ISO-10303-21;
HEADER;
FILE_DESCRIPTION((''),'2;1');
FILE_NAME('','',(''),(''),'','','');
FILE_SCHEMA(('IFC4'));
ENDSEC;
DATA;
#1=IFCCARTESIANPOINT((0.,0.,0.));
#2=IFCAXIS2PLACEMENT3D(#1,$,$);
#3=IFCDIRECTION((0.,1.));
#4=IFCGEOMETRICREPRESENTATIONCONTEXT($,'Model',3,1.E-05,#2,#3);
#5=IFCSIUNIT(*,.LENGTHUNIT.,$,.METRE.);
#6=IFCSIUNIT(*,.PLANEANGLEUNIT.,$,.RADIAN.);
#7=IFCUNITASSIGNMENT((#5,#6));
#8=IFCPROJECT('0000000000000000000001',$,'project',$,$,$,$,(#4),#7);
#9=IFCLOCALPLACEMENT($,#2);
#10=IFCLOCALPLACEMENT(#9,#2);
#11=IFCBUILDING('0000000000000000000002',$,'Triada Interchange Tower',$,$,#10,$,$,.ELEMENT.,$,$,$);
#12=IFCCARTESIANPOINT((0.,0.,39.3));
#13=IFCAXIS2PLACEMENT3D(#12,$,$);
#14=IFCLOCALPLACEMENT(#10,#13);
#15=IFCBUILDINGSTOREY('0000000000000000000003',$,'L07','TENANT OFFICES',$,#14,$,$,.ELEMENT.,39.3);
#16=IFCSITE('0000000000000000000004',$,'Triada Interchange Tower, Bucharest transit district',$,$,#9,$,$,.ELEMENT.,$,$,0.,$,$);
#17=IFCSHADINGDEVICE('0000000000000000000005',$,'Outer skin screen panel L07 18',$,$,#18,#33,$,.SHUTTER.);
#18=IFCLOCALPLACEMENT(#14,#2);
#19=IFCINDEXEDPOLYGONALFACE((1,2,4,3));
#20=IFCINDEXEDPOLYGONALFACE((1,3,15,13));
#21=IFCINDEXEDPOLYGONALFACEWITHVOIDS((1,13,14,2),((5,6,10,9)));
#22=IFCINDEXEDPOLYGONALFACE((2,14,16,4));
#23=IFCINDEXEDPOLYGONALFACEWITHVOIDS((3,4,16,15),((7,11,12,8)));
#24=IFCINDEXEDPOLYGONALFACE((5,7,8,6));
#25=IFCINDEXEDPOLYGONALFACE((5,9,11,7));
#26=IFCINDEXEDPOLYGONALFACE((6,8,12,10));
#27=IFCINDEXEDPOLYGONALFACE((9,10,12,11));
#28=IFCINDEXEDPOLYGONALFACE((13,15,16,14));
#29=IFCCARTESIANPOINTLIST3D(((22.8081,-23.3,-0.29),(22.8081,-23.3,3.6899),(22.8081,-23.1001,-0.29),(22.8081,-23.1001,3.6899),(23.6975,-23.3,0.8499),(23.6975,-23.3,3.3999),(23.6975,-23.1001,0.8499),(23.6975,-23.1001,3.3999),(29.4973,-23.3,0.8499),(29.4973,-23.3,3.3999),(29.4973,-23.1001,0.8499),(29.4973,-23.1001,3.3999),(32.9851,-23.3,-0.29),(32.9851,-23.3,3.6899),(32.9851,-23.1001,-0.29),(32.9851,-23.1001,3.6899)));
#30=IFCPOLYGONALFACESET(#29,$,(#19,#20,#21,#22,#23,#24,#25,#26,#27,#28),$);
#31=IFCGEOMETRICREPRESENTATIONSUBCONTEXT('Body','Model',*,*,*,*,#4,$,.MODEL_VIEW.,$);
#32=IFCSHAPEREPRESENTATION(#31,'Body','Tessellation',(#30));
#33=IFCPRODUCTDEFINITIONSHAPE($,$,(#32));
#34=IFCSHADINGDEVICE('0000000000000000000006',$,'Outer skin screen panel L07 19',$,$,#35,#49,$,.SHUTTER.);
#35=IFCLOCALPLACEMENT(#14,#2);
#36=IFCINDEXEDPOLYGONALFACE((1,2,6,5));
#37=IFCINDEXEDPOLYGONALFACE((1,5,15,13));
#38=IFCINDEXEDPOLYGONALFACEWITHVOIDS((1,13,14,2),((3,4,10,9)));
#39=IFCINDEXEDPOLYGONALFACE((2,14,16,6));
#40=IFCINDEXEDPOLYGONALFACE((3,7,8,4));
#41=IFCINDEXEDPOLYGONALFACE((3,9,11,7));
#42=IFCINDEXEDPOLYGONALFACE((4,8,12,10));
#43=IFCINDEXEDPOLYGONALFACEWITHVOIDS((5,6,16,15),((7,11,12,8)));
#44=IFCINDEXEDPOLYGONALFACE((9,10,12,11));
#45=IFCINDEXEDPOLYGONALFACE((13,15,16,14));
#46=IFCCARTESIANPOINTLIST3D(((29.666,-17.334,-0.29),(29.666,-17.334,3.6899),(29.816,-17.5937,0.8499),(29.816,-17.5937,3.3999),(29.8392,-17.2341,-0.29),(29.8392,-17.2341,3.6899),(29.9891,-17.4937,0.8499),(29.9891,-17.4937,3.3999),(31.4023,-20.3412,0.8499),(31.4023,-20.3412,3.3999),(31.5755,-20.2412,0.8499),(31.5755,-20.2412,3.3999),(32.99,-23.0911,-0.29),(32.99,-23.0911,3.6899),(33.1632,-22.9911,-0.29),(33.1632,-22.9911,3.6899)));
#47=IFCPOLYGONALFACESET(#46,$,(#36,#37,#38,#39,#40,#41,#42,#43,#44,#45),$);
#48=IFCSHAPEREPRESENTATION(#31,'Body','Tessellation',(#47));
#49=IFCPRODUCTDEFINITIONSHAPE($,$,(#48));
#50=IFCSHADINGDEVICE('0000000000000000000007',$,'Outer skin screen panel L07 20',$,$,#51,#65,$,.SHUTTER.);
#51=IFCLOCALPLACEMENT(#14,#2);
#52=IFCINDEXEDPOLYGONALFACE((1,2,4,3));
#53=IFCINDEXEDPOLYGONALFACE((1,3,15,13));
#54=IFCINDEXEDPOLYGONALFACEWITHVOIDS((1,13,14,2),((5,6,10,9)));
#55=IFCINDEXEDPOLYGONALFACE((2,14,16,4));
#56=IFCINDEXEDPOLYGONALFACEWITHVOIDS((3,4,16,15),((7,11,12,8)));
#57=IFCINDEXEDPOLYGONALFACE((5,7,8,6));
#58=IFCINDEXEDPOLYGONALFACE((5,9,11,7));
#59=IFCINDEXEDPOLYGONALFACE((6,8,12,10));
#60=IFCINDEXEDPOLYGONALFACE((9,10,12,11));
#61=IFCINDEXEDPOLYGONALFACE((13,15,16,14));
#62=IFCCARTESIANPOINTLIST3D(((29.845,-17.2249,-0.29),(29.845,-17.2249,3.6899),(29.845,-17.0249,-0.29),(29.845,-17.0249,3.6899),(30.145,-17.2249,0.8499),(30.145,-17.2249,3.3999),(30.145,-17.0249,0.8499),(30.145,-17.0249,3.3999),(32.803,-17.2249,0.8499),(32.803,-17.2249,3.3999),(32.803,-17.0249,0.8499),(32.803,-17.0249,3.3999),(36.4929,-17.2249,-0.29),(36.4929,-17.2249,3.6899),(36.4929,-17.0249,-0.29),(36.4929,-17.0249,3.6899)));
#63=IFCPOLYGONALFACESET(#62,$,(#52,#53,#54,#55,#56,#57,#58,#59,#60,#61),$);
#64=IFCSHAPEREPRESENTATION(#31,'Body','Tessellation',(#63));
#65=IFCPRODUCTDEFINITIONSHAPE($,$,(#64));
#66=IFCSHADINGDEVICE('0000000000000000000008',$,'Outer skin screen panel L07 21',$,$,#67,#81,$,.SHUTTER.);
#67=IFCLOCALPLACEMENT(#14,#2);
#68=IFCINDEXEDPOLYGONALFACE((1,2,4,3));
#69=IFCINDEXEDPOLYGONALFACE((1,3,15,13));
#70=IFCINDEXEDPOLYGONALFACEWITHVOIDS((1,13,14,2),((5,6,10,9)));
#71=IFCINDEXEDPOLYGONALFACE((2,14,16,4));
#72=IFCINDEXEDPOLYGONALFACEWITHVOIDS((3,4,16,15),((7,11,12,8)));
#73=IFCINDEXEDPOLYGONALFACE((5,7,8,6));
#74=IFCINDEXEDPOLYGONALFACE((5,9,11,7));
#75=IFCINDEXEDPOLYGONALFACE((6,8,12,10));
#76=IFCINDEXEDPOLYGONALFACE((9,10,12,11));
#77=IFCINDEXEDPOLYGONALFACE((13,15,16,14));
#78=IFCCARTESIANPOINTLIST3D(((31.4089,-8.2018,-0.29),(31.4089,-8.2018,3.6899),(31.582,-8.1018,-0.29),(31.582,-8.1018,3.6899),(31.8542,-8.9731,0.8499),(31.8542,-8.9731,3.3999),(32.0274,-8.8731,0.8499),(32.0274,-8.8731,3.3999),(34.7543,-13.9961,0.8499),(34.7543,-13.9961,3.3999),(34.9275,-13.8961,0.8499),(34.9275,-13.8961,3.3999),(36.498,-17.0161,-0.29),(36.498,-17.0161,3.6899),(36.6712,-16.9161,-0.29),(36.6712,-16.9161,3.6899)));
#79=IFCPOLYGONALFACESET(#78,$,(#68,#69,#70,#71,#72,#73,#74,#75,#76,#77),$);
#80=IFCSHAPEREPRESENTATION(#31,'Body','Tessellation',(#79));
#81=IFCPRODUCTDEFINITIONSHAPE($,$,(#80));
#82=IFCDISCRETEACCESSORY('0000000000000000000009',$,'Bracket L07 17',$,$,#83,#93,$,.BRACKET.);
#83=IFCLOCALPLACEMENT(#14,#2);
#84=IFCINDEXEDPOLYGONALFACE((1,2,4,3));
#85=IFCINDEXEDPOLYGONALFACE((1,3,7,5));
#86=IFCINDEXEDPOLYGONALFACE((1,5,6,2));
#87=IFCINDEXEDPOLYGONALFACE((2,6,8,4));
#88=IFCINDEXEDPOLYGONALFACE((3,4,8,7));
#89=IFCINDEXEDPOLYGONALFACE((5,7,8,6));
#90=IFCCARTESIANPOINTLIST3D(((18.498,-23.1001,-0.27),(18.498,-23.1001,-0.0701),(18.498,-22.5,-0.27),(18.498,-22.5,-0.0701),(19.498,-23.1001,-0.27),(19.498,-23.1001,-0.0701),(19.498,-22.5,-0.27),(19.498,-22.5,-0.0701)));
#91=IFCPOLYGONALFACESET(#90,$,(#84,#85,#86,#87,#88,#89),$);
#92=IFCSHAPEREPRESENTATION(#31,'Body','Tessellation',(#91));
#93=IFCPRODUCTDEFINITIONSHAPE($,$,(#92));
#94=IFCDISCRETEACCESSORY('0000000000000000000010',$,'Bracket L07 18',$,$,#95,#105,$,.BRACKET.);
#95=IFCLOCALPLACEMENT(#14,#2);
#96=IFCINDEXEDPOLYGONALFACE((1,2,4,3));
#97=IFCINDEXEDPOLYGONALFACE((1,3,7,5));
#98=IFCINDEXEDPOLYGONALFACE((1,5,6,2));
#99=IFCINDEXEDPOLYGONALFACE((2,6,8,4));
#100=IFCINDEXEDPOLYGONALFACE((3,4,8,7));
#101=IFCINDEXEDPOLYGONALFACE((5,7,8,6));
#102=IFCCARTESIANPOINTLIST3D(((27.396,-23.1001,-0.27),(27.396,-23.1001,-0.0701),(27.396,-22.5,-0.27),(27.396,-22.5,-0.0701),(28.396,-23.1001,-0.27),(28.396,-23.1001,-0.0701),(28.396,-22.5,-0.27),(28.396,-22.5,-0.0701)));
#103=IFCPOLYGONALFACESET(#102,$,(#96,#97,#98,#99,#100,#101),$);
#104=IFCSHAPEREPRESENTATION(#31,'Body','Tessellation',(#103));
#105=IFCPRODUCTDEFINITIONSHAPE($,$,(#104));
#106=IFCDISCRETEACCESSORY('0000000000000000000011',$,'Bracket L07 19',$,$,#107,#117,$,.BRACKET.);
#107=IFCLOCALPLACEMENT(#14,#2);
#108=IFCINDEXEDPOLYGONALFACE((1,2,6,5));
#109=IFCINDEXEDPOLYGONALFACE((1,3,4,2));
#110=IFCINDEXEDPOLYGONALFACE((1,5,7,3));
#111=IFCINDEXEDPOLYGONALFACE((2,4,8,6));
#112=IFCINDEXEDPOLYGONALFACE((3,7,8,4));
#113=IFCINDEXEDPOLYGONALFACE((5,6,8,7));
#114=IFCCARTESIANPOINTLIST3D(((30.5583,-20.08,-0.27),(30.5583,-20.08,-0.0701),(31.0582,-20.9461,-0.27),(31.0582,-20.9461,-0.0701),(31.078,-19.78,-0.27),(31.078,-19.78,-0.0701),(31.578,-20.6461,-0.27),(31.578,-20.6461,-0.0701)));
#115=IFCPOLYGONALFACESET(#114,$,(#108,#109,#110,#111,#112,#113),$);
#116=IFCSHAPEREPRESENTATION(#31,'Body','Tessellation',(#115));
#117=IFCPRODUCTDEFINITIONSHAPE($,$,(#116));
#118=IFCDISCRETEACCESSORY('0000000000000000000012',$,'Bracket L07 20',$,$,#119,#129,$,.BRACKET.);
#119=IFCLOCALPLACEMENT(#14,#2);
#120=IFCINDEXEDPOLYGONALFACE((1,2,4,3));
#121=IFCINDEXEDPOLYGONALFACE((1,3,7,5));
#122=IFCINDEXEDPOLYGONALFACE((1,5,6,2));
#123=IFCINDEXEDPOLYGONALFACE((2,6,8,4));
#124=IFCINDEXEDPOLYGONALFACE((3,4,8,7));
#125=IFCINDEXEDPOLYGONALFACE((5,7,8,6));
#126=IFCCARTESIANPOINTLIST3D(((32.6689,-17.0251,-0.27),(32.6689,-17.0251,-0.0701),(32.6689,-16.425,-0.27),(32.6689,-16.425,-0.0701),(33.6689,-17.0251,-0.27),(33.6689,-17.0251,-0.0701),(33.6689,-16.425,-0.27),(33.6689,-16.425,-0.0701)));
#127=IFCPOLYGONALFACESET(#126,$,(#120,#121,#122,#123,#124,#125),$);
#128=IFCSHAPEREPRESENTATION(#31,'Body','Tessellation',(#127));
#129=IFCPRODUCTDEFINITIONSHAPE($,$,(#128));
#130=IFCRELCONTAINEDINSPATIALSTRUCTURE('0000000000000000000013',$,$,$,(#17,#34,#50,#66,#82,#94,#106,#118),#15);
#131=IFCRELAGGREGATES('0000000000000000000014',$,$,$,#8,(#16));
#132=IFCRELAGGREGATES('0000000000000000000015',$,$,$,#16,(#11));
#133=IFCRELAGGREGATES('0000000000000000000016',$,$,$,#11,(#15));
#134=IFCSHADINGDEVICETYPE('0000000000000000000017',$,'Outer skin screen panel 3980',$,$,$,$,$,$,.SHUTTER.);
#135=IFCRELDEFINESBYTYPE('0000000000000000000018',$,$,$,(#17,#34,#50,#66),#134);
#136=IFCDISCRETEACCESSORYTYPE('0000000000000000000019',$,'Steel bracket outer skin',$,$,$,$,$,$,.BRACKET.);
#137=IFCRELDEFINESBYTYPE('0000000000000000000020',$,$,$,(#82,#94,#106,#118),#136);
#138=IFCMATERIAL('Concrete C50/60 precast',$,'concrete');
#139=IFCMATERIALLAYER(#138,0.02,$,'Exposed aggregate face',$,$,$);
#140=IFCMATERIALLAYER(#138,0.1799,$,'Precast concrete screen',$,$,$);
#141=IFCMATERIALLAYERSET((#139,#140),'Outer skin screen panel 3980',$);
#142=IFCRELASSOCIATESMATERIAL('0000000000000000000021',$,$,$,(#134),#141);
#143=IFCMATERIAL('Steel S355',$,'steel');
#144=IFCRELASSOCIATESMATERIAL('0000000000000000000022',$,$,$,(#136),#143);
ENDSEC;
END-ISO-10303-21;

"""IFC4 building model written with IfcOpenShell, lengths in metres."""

from ifc_helpers import new_model, si_unit, direction, frame, origin, origin_2d, place, context, subcontext, project, spatial, polyline, rectangle, outline, extrude, material, layer, layer_set, type_object, element, save


model = new_model("IFC4")

# Units and contexts
model_context = context("Model", 3, precision=1e-05, world=origin(), true_north=direction((0.0, 1.0)))
body_context = subcontext(model_context, "Body", "Model", "MODEL_VIEW")
ifc_project = project(units=[si_unit("LENGTHUNIT", "METRE"), si_unit("PLANEANGLEUNIT", "RADIAN")], contexts=[model_context])

# Site, building, storey
site_placement = place(None, origin())
site = spatial("IfcSite", under=ifc_project, at=site_placement, Name="Triada Interchange Tower, Bucharest transit district", CompositionType="ELEMENT", RefElevation=0.0)
building_placement = place(site_placement, origin())
building = spatial("IfcBuilding", under=site, at=building_placement, Name="Triada Interchange Tower", CompositionType="ELEMENT")
storey_placement = place(building_placement, frame((0.0, 0.0, 39.3)))
storey = spatial("IfcBuildingStorey", under=building, at=storey_placement, Name="L07", Description="TENANT OFFICES", CompositionType="ELEMENT", Elevation=39.3)

# Shading devices
ifc_material_1 = material(Name="Concrete C50/60 precast", Category="concrete")
ifc_layer_1 = layer(ifc_material_1, 0.02, Name="Exposed aggregate face")
ifc_layer_2 = layer(ifc_material_1, 0.1799, Name="Precast concrete screen")
ifc_layer_set_1 = layer_set([ifc_layer_1, ifc_layer_2], Name="Outer skin screen panel 3980")
shading_device_type = type_object("IfcShadingDeviceType", Name="Outer skin screen panel 3980", PredefinedType="SHUTTER", material=ifc_layer_set_1)
shading_device_1_placement = place(storey_placement, frame((22.8081, -23.1001, -0.29), z_axis=(0.0, 0.0, 1.0), x_axis=(1.0, 0.0, 0.0)))
element("IfcShadingDevice", 1, at=shading_device_1_placement, inside=storey, type_object=shading_device_type, Name="Outer skin screen panel L07 18", PredefinedType="SHUTTER", context=body_context, shape_type="SweptSolid", body=[
    extrude(outline(polyline([(0.0, 0.0), (10.177, 0.0), (10.177, 3.98), (0.0, 3.98), (0.0, 0.0)]), holes=[polyline([(0.8894, 1.1399), (0.8894, 3.6899), (6.6892, 3.6899), (6.6892, 1.1399), (0.8894, 1.1399)])]), frame((0.0, 0.0, 0.0), z_axis=(0.0, -1.0, 0.0), x_axis=(1.0, 0.0, 0.0)), (0.0, 0.0, 1.0), 0.2),
])
shading_device_2_placement = place(storey_placement, frame((32.99, -23.0911, -0.29), z_axis=(0.0, 0.0, 1.0), x_axis=(-0.500014, 0.866017, 0.0)))
element("IfcShadingDevice", 2, at=shading_device_2_placement, inside=storey, type_object=shading_device_type, Name="Outer skin screen panel L07 19", PredefinedType="SHUTTER", context=body_context, shape_type="SweptSolid", body=[
    extrude(outline(polyline([(0.0, 0.0), (6.6477, 0.0), (6.6477, 3.98), (0.0, 3.98), (0.0, 0.0)]), holes=[polyline([(3.1753, 1.1399), (3.1753, 3.6899), (6.3479, 3.6899), (6.3479, 1.1399), (3.1753, 1.1399)])]), frame((0.0, 0.0, 0.0), z_axis=(0.0, -1.0, 0.0), x_axis=(1.0, 0.0, 0.0)), (0.0, 0.0, 1.0), 0.2),
])
shading_device_3_placement = place(storey_placement, frame((29.845, -17.0249, -0.29), z_axis=(0.0, 0.0, 1.0), x_axis=(1.0, 0.0, 0.0)))
element("IfcShadingDevice", 3, at=shading_device_3_placement, inside=storey, type_object=shading_device_type, Name="Outer skin screen panel L07 20", PredefinedType="SHUTTER", context=body_context, shape_type="SweptSolid", body=[
    extrude(outline(polyline([(0.0, 0.0), (6.6479, 0.0), (6.6479, 3.98), (0.0, 3.98), (0.0, 0.0)]), holes=[polyline([(0.3, 1.1399), (0.3, 3.6899), (2.958, 3.6899), (2.958, 1.1399), (0.3, 1.1399)])]), frame((0.0, 0.0, 0.0), z_axis=(0.0, -1.0, 0.0), x_axis=(1.0, 0.0, 0.0)), (0.0, 0.0, 1.0), 0.2),
])
shading_device_4_placement = place(storey_placement, frame((36.498, -17.0161, -0.29), z_axis=(0.0, 0.0, 1.0), x_axis=(-0.500017, 0.866016, 0.0)))
element("IfcShadingDevice", 4, at=shading_device_4_placement, inside=storey, type_object=shading_device_type, Name="Outer skin screen panel L07 21", PredefinedType="SHUTTER", context=body_context, shape_type="SweptSolid", body=[
    extrude(outline(polyline([(0.0, 0.0), (10.178, 0.0), (10.178, 3.98), (0.0, 3.98), (0.0, 0.0)]), holes=[polyline([(3.4873, 1.1399), (3.4873, 3.6899), (9.2874, 3.6899), (9.2874, 1.1399), (3.4873, 1.1399)])]), frame((0.0, 0.0, 0.0), z_axis=(0.0, -1.0, 0.0), x_axis=(1.0, 0.0, 0.0)), (0.0, 0.0, 1.0), 0.2),
])

# Discrete accessories
ifc_material_2 = material(Name="Steel S355", Category="steel")
discrete_accessory_type = type_object("IfcDiscreteAccessoryType", Name="Steel bracket outer skin", PredefinedType="BRACKET", material=ifc_material_2)
for number, where, z_axis, x_axis, name in (
    (5, (18.998, -22.8, -0.27), (0.0, 0.0, 1.0), (0.0, -1.0, 0.0), "Bracket L07 17"),
    (6, (27.896, -22.8, -0.27), (0.0, 0.0, 1.0), (0.0, -1.0, 0.0), "Bracket L07 18"),
    (7, (31.0681, -20.363, -0.27), (0.0, 0.0, 1.0), (0.86605, 0.499957, 0.0), "Bracket L07 19"),
    (8, (33.1689, -16.7251, -0.27), (0.0, 0.0, 1.0), (0.0, -1.0, 0.0), "Bracket L07 20"),
):
    element("IfcDiscreteAccessory", number, at=place(storey_placement, frame(where, z_axis=z_axis, x_axis=x_axis)), inside=storey, type_object=discrete_accessory_type, Name=name, PredefinedType="BRACKET", context=body_context, shape_type="SweptSolid", body=[
        extrude(rectangle(XDim=0.6001, YDim=1.0, at=origin_2d()), origin(), (0.0, 0.0, 1.0), 0.2),
    ])

save(model, "model.ifc")
